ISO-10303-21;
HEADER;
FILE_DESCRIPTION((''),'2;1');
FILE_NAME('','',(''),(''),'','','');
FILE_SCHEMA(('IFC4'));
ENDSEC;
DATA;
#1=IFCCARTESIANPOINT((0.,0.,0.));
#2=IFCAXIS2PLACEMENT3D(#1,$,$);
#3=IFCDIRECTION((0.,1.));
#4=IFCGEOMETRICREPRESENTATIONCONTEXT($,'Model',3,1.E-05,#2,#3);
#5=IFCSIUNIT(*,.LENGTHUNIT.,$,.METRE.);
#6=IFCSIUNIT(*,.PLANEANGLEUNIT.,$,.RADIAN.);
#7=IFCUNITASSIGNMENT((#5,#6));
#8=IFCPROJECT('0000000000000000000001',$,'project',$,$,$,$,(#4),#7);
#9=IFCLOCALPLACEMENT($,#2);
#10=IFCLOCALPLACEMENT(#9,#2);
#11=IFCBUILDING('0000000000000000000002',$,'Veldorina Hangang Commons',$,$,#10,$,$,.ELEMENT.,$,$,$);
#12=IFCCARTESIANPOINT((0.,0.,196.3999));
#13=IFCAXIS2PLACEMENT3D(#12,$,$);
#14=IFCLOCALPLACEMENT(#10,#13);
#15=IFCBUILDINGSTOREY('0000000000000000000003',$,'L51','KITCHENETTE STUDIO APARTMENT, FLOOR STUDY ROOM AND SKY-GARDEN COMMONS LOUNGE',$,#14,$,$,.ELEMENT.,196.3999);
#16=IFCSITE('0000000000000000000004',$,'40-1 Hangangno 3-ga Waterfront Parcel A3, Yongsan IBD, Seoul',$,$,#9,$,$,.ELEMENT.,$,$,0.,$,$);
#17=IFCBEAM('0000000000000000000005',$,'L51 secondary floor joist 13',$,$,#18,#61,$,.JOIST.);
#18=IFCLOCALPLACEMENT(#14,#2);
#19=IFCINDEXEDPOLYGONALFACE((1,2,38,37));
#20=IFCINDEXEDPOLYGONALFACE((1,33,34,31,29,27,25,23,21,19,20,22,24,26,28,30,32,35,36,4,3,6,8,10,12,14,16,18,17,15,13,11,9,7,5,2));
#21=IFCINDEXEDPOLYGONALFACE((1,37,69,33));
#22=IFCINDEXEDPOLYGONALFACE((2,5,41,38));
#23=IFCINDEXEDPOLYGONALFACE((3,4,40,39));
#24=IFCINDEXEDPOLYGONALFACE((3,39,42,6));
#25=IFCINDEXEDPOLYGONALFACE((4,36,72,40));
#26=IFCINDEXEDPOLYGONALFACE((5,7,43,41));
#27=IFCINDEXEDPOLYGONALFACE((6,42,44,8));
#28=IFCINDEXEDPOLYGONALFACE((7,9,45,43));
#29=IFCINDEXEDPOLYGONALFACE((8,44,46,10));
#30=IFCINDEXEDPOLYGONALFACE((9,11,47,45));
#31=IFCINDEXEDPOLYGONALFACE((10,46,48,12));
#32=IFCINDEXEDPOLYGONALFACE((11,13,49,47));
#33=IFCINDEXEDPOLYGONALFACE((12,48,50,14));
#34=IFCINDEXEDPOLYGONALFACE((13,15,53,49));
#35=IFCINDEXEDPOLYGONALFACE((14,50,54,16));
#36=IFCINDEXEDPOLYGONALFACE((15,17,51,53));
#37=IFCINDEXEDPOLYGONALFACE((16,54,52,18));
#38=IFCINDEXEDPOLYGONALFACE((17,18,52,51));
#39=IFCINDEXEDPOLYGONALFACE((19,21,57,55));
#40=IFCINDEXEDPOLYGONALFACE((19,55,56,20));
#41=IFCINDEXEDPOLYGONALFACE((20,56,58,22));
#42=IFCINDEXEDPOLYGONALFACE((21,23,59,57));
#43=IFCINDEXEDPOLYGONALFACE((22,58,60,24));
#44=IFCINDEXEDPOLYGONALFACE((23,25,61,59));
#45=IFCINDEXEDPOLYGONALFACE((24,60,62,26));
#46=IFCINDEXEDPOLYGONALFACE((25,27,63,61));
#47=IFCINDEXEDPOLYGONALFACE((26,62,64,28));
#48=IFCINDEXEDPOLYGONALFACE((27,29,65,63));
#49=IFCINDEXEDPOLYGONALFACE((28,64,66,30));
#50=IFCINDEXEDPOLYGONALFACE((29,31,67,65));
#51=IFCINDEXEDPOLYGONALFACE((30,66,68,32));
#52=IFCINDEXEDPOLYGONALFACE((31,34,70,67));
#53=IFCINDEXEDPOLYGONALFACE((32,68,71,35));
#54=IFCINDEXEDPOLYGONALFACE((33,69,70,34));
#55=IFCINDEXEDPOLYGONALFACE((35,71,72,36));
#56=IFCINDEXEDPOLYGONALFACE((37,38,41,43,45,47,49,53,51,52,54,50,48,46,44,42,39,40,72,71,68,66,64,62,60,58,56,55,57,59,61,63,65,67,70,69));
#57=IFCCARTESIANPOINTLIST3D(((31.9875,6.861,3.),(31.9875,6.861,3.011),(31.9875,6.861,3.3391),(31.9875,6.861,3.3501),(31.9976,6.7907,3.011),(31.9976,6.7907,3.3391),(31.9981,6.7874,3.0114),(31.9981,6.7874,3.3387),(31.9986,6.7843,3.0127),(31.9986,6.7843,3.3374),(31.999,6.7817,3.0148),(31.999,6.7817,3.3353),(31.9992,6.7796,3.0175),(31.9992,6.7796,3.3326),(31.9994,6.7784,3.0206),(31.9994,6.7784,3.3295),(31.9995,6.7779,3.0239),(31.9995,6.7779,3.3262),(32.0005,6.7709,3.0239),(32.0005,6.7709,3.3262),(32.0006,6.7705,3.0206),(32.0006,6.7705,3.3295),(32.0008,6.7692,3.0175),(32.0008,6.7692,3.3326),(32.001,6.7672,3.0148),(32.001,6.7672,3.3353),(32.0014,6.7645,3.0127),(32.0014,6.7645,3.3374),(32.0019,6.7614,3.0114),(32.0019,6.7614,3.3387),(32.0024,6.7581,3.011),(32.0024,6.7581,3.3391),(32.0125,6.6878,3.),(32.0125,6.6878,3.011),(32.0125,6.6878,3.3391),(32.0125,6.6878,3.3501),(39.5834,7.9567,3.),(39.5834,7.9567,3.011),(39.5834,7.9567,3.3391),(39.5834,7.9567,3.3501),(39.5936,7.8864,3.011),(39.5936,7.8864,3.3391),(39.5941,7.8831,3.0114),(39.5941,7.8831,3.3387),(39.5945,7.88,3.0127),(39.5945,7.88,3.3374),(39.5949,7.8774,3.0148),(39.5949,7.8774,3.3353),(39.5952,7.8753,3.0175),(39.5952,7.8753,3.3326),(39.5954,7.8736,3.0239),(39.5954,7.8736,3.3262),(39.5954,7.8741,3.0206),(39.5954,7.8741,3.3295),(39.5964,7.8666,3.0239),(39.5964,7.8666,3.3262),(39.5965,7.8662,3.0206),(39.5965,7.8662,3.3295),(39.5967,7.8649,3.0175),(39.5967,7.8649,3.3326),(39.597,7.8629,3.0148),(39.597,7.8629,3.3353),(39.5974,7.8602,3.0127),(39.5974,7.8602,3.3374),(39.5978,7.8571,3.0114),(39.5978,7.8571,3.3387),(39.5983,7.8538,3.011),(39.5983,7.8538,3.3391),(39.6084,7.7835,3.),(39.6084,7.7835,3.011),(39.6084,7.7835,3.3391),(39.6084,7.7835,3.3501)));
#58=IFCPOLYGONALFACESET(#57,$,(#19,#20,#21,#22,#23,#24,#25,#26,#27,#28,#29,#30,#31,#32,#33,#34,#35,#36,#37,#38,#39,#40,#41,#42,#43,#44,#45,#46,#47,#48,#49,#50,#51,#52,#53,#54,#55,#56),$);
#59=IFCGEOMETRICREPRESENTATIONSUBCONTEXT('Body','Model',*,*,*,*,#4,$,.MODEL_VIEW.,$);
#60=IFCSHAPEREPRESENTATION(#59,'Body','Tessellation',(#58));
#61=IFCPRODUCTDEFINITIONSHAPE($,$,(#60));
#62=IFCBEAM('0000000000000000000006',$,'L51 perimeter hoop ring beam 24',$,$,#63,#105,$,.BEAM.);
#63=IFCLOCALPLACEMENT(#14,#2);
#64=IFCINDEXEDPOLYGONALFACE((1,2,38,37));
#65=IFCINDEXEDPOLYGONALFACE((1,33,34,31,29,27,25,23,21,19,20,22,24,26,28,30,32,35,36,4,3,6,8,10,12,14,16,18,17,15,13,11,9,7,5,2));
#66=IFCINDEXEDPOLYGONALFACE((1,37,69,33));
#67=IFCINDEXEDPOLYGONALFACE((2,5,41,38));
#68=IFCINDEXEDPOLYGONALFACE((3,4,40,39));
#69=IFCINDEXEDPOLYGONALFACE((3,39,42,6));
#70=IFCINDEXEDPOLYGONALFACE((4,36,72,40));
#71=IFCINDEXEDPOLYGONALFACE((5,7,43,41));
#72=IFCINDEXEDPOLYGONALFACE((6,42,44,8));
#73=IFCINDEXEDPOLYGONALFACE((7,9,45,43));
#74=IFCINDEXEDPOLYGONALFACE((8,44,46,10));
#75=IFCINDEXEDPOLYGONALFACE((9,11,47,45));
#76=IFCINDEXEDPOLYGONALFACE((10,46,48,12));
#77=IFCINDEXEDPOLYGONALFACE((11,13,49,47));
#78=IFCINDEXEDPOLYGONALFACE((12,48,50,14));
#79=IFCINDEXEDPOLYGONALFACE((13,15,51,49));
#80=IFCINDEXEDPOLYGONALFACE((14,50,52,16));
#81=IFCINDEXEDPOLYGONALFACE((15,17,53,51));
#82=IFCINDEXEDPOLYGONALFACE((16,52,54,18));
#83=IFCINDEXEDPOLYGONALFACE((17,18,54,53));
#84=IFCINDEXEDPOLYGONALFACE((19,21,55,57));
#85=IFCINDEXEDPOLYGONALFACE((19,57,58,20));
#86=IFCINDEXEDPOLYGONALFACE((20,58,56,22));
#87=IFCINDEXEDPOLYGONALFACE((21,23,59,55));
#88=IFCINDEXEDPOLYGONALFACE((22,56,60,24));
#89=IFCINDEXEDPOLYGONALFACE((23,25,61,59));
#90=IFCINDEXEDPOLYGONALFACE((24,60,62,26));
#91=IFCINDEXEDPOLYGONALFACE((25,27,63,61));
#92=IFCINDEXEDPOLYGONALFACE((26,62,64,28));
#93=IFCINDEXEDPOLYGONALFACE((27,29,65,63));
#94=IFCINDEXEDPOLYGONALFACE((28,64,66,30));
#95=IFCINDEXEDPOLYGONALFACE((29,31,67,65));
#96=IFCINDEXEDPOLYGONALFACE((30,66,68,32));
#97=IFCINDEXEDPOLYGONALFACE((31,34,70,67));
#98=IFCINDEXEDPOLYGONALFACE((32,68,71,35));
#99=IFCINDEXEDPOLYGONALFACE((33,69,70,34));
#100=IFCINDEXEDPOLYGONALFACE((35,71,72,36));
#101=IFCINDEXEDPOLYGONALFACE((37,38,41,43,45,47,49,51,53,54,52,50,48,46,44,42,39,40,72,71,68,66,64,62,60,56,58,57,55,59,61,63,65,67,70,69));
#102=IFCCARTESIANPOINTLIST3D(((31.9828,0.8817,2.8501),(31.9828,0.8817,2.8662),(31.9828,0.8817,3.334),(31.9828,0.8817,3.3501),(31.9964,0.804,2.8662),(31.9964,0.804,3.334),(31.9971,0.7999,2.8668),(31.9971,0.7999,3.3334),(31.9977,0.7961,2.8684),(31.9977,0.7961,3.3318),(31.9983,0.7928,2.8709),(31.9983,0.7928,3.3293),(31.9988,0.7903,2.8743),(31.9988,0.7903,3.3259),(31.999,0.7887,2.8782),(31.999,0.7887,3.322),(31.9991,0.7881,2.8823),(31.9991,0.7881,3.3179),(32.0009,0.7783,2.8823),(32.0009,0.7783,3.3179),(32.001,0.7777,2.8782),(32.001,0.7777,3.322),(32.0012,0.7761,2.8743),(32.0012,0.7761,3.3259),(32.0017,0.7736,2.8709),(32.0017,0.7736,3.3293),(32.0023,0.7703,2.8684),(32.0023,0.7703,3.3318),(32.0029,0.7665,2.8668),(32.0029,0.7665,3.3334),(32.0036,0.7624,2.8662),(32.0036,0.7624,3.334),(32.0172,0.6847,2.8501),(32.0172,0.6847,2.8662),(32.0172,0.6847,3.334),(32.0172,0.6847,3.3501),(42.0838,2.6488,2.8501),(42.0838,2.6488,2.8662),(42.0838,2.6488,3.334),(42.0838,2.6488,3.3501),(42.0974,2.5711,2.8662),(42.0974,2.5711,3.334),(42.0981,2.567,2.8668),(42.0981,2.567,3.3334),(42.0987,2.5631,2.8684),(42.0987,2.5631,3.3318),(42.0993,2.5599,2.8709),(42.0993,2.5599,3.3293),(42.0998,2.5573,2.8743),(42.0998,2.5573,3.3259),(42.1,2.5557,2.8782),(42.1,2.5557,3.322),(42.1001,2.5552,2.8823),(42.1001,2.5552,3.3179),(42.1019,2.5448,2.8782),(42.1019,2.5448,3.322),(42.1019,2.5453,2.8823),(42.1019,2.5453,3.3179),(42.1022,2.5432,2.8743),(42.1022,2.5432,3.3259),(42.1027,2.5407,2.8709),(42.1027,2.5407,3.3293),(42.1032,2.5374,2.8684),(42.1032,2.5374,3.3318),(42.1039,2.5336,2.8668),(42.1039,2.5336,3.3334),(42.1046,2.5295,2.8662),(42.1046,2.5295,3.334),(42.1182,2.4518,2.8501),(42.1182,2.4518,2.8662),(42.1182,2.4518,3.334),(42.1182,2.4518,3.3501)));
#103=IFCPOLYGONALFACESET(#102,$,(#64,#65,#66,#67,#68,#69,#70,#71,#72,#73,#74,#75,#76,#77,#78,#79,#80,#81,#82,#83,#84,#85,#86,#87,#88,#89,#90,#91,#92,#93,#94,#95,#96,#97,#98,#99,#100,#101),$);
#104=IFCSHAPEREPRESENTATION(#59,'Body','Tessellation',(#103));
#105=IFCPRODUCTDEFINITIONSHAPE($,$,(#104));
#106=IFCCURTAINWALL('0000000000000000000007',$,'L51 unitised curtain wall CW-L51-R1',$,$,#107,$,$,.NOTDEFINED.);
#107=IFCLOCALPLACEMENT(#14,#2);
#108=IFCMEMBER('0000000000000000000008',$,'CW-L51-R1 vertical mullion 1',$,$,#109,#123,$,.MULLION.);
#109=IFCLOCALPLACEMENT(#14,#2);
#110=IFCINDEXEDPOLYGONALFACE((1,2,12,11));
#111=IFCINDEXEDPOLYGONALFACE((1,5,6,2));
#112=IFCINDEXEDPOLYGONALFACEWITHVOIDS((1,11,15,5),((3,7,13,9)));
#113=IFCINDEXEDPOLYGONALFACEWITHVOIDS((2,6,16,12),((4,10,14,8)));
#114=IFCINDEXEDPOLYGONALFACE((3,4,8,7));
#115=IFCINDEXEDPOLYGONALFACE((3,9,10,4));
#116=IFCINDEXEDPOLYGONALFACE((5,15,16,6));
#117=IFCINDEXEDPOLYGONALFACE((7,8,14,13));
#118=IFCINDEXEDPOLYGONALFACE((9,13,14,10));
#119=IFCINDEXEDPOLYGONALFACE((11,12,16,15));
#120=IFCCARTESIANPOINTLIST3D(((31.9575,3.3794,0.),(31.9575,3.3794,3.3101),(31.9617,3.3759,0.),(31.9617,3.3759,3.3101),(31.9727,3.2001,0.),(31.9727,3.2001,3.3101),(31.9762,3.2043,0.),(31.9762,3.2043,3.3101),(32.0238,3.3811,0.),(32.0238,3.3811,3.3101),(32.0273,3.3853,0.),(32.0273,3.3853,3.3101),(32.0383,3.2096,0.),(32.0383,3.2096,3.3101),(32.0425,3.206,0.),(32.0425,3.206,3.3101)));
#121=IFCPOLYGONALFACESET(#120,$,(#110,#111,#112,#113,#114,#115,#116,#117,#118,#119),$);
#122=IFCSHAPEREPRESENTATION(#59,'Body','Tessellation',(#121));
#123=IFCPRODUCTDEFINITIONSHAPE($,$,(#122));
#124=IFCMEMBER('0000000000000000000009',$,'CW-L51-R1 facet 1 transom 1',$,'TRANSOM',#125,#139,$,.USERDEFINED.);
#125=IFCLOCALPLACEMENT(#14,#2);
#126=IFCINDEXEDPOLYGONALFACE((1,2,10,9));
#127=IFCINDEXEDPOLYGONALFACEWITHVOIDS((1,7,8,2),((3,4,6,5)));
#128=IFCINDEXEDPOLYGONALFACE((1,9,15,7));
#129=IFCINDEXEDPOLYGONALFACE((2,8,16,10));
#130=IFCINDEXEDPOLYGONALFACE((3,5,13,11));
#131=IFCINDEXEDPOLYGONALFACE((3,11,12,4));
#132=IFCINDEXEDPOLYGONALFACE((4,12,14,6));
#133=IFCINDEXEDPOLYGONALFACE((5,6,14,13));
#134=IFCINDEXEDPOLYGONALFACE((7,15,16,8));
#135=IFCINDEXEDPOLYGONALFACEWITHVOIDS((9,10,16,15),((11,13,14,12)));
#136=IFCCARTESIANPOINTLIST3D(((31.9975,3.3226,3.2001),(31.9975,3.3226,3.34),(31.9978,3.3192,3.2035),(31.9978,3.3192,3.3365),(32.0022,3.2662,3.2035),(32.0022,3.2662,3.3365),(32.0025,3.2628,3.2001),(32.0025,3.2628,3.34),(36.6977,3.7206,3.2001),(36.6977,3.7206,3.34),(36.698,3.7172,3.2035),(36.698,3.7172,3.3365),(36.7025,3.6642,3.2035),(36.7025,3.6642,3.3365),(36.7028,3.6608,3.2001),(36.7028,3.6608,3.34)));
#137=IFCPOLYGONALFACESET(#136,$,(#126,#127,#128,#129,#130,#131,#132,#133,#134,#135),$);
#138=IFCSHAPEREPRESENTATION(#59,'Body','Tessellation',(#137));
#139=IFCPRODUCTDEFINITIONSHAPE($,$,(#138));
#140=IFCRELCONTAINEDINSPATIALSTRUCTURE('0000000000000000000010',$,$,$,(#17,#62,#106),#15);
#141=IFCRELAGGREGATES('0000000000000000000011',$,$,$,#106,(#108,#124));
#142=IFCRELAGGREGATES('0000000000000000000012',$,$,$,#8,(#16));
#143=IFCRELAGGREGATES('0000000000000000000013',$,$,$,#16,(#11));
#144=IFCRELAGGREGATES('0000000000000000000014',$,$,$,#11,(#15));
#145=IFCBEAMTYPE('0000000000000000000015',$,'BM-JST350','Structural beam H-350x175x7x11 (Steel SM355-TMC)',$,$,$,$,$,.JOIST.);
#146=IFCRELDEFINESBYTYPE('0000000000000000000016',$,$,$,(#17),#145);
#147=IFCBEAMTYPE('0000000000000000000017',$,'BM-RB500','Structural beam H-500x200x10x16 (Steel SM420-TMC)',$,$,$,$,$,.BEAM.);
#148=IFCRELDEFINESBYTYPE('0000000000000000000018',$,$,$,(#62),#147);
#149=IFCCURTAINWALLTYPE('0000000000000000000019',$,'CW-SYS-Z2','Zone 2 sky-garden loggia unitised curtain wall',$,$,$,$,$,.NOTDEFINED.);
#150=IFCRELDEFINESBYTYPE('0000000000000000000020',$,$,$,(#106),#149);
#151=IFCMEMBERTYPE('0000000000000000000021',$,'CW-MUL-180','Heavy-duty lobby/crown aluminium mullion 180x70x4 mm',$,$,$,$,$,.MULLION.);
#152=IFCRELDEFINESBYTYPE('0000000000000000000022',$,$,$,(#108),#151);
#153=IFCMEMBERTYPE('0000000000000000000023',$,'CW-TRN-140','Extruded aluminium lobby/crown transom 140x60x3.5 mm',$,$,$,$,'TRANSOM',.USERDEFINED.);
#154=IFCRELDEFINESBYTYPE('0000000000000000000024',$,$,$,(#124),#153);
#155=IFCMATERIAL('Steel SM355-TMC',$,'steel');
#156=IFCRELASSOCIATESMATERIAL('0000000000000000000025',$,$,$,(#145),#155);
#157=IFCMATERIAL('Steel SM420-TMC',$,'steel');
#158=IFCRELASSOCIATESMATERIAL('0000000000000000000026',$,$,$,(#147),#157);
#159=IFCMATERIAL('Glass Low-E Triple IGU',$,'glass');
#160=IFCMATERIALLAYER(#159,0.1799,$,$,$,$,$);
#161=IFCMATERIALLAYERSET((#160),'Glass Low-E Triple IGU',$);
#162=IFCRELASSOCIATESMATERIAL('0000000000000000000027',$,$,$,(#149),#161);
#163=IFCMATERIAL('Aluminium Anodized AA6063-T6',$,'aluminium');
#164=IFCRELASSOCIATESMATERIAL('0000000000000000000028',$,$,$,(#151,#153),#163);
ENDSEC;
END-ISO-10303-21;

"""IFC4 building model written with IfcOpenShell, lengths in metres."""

from ifc_helpers import new_model, si_unit, direction, frame, origin, origin_2d, place, context, subcontext, project, spatial, hollow_rectangle, i_section, extrude, material, layer, layer_set, material_profile, profile_set, type_object, element, aggregate, save


model = new_model("IFC4")

# Units and contexts
model_context = context("Model", 3, precision=1e-05, world=origin(), true_north=direction((0.0, 1.0)))
body_context = subcontext(model_context, "Body", "Model", "MODEL_VIEW")
ifc_project = project(units=[si_unit("LENGTHUNIT", "METRE"), si_unit("PLANEANGLEUNIT", "RADIAN")], contexts=[model_context])

# Site, building, storey
site_placement = place(None, origin())
site = spatial("IfcSite", under=ifc_project, at=site_placement, Name="40-1 Hangangno 3-ga Waterfront Parcel A3, Yongsan IBD, Seoul", CompositionType="ELEMENT", RefElevation=0.0)
building_placement = place(site_placement, origin())
building = spatial("IfcBuilding", under=site, at=building_placement, Name="Veldorina Hangang Commons", CompositionType="ELEMENT")
storey_placement = place(building_placement, frame((0.0, 0.0, 196.3999)))
storey = spatial("IfcBuildingStorey", under=building, at=storey_placement, Name="L51", Description="KITCHENETTE STUDIO APARTMENT, FLOOR STUDY ROOM AND SKY-GARDEN COMMONS LOUNGE", CompositionType="ELEMENT", Elevation=196.3999)

# Beams
ifc_material_1 = material(Name="Steel SM355-TMC", Category="steel")
ifc_material_profile_1 = material_profile(ifc_material_1, i_section(OverallWidth=0.175, OverallDepth=0.3501, WebThickness=0.0071, FlangeThickness=0.011, FilletRadius=0.0129, at=origin_2d()), Name="H-350x175x7x11")
ifc_profile_set_1 = profile_set([ifc_material_profile_1], Name="Steel SM355-TMC")
beam_type_1 = type_object("IfcBeamType", Name="BM-JST350", Description="Structural beam H-350x175x7x11 (Steel SM355-TMC)", PredefinedType="JOIST", material=ifc_profile_set_1)
beam_1_placement = place(storey_placement, frame((32.0, 6.7744, 3.175), z_axis=(0.989756, 0.142771, 0.0), x_axis=(-0.142771, 0.989756, 0.0)))
element("IfcBeam", 1, at=beam_1_placement, inside=storey, type_object=beam_type_1, Name="L51 secondary floor joist 13", PredefinedType="JOIST", context=body_context, shape_type="SweptSolid", body=[
    extrude(i_section(OverallWidth=0.175, OverallDepth=0.3501, WebThickness=0.0071, FlangeThickness=0.011, FilletRadius=0.0129, at=origin_2d()), origin(), (0.0, 0.0, 1.0), 7.6746),
])
ifc_material_2 = material(Name="Steel SM420-TMC", Category="steel")
ifc_material_profile_2 = material_profile(ifc_material_2, i_section(OverallWidth=0.2, OverallDepth=0.5, WebThickness=0.01, FlangeThickness=0.0161, FilletRadius=0.0161, at=origin_2d()), Name="H-500x200x10x16")
ifc_profile_set_2 = profile_set([ifc_material_profile_2], Name="Steel SM420-TMC")
beam_type_2 = type_object("IfcBeamType", Name="BM-RB500", Description="Structural beam H-500x200x10x16 (Steel SM420-TMC)", PredefinedType="BEAM", material=ifc_profile_set_2)
beam_2_placement = place(storey_placement, frame((32.0, 0.7832, 3.1001), z_axis=(0.98504, 0.172324, 0.0), x_axis=(-0.172324, 0.98504, 0.0)))
element("IfcBeam", 2, at=beam_2_placement, inside=storey, type_object=beam_type_2, Name="L51 perimeter hoop ring beam 24", PredefinedType="BEAM", context=body_context, shape_type="SweptSolid", body=[
    extrude(i_section(OverallWidth=0.2, OverallDepth=0.5, WebThickness=0.01, FlangeThickness=0.0161, FilletRadius=0.0161, at=origin_2d()), origin(), (0.0, 0.0, 1.0), 10.2544),
])

# Curtain wall, members
ifc_material_3 = material(Name="Glass Low-E Triple IGU", Category="glass")
ifc_layer_1 = layer(ifc_material_3, 0.1799)
ifc_layer_set_1 = layer_set([ifc_layer_1], Name="Glass Low-E Triple IGU")
curtain_wall_type = type_object("IfcCurtainWallType", Name="CW-SYS-Z2", Description="Zone 2 sky-garden loggia unitised curtain wall", PredefinedType="NOTDEFINED", material=ifc_layer_set_1)
curtain_wall_placement = place(storey_placement, origin())
curtain_wall = element("IfcCurtainWall", 3, at=curtain_wall_placement, inside=storey, type_object=curtain_wall_type, Name="L51 unitised curtain wall CW-L51-R1", PredefinedType="NOTDEFINED")
ifc_material_4 = material(Name="Aluminium Anodized AA6063-T6", Category="aluminium")
ifc_material_profile_3 = material_profile(ifc_material_4, hollow_rectangle(XDim=0.0701, YDim=0.1799, WallThickness=0.0039, at=origin_2d()), Name="ALU-RHS-180x70x4")
ifc_profile_set_3 = profile_set([ifc_material_profile_3], Name="Aluminium Anodized AA6063-T6")
member_type_1 = type_object("IfcMemberType", Name="CW-MUL-180", Description="Heavy-duty lobby/crown aluminium mullion 180x70x4 mm", PredefinedType="MULLION", material=ifc_profile_set_3)
member_1_placement = place(storey_placement, frame((32.0, 3.2927, 0.0), z_axis=(0.0, 0.0, 1.0), x_axis=(0.996436, 0.084356, 0.0)))
member_1 = element("IfcMember", 4, at=member_1_placement, type_object=member_type_1, Name="CW-L51-R1 vertical mullion 1", PredefinedType="MULLION", context=body_context, shape_type="SweptSolid", body=[
    extrude(hollow_rectangle(XDim=0.0701, YDim=0.1799, WallThickness=0.0039, at=origin_2d()), origin(), (0.0, 0.0, 1.0), 3.3101),
])
ifc_material_profile_4 = material_profile(ifc_material_4, hollow_rectangle(XDim=0.0601, YDim=0.1399, WallThickness=0.0034, at=origin_2d()), Name="ALU-RHS-140x60x3.5")
ifc_profile_set_4 = profile_set([ifc_material_profile_4], Name="Aluminium Anodized AA6063-T6")
member_type_2 = type_object("IfcMemberType", Name="CW-TRN-140", Description="Extruded aluminium lobby/crown transom 140x60x3.5 mm", ElementType="TRANSOM", PredefinedType="USERDEFINED", material=ifc_profile_set_4)
member_2_placement = place(storey_placement, frame((32.0, 3.2927, 3.27), z_axis=(0.996435, 0.084365, 0.0), x_axis=(-0.084365, 0.996435, 0.0)))
member_2 = element("IfcMember", 5, at=member_2_placement, type_object=member_type_2, Name="CW-L51-R1 facet 1 transom 1", ObjectType="TRANSOM", PredefinedType="USERDEFINED", context=body_context, shape_type="SweptSolid", body=[
    extrude(hollow_rectangle(XDim=0.0601, YDim=0.1399, WallThickness=0.0034, at=origin_2d()), origin(), (0.0, 0.0, 1.0), 4.717),
])
aggregate(curtain_wall, [member_1, member_2])

save(model, "model.ifc")
